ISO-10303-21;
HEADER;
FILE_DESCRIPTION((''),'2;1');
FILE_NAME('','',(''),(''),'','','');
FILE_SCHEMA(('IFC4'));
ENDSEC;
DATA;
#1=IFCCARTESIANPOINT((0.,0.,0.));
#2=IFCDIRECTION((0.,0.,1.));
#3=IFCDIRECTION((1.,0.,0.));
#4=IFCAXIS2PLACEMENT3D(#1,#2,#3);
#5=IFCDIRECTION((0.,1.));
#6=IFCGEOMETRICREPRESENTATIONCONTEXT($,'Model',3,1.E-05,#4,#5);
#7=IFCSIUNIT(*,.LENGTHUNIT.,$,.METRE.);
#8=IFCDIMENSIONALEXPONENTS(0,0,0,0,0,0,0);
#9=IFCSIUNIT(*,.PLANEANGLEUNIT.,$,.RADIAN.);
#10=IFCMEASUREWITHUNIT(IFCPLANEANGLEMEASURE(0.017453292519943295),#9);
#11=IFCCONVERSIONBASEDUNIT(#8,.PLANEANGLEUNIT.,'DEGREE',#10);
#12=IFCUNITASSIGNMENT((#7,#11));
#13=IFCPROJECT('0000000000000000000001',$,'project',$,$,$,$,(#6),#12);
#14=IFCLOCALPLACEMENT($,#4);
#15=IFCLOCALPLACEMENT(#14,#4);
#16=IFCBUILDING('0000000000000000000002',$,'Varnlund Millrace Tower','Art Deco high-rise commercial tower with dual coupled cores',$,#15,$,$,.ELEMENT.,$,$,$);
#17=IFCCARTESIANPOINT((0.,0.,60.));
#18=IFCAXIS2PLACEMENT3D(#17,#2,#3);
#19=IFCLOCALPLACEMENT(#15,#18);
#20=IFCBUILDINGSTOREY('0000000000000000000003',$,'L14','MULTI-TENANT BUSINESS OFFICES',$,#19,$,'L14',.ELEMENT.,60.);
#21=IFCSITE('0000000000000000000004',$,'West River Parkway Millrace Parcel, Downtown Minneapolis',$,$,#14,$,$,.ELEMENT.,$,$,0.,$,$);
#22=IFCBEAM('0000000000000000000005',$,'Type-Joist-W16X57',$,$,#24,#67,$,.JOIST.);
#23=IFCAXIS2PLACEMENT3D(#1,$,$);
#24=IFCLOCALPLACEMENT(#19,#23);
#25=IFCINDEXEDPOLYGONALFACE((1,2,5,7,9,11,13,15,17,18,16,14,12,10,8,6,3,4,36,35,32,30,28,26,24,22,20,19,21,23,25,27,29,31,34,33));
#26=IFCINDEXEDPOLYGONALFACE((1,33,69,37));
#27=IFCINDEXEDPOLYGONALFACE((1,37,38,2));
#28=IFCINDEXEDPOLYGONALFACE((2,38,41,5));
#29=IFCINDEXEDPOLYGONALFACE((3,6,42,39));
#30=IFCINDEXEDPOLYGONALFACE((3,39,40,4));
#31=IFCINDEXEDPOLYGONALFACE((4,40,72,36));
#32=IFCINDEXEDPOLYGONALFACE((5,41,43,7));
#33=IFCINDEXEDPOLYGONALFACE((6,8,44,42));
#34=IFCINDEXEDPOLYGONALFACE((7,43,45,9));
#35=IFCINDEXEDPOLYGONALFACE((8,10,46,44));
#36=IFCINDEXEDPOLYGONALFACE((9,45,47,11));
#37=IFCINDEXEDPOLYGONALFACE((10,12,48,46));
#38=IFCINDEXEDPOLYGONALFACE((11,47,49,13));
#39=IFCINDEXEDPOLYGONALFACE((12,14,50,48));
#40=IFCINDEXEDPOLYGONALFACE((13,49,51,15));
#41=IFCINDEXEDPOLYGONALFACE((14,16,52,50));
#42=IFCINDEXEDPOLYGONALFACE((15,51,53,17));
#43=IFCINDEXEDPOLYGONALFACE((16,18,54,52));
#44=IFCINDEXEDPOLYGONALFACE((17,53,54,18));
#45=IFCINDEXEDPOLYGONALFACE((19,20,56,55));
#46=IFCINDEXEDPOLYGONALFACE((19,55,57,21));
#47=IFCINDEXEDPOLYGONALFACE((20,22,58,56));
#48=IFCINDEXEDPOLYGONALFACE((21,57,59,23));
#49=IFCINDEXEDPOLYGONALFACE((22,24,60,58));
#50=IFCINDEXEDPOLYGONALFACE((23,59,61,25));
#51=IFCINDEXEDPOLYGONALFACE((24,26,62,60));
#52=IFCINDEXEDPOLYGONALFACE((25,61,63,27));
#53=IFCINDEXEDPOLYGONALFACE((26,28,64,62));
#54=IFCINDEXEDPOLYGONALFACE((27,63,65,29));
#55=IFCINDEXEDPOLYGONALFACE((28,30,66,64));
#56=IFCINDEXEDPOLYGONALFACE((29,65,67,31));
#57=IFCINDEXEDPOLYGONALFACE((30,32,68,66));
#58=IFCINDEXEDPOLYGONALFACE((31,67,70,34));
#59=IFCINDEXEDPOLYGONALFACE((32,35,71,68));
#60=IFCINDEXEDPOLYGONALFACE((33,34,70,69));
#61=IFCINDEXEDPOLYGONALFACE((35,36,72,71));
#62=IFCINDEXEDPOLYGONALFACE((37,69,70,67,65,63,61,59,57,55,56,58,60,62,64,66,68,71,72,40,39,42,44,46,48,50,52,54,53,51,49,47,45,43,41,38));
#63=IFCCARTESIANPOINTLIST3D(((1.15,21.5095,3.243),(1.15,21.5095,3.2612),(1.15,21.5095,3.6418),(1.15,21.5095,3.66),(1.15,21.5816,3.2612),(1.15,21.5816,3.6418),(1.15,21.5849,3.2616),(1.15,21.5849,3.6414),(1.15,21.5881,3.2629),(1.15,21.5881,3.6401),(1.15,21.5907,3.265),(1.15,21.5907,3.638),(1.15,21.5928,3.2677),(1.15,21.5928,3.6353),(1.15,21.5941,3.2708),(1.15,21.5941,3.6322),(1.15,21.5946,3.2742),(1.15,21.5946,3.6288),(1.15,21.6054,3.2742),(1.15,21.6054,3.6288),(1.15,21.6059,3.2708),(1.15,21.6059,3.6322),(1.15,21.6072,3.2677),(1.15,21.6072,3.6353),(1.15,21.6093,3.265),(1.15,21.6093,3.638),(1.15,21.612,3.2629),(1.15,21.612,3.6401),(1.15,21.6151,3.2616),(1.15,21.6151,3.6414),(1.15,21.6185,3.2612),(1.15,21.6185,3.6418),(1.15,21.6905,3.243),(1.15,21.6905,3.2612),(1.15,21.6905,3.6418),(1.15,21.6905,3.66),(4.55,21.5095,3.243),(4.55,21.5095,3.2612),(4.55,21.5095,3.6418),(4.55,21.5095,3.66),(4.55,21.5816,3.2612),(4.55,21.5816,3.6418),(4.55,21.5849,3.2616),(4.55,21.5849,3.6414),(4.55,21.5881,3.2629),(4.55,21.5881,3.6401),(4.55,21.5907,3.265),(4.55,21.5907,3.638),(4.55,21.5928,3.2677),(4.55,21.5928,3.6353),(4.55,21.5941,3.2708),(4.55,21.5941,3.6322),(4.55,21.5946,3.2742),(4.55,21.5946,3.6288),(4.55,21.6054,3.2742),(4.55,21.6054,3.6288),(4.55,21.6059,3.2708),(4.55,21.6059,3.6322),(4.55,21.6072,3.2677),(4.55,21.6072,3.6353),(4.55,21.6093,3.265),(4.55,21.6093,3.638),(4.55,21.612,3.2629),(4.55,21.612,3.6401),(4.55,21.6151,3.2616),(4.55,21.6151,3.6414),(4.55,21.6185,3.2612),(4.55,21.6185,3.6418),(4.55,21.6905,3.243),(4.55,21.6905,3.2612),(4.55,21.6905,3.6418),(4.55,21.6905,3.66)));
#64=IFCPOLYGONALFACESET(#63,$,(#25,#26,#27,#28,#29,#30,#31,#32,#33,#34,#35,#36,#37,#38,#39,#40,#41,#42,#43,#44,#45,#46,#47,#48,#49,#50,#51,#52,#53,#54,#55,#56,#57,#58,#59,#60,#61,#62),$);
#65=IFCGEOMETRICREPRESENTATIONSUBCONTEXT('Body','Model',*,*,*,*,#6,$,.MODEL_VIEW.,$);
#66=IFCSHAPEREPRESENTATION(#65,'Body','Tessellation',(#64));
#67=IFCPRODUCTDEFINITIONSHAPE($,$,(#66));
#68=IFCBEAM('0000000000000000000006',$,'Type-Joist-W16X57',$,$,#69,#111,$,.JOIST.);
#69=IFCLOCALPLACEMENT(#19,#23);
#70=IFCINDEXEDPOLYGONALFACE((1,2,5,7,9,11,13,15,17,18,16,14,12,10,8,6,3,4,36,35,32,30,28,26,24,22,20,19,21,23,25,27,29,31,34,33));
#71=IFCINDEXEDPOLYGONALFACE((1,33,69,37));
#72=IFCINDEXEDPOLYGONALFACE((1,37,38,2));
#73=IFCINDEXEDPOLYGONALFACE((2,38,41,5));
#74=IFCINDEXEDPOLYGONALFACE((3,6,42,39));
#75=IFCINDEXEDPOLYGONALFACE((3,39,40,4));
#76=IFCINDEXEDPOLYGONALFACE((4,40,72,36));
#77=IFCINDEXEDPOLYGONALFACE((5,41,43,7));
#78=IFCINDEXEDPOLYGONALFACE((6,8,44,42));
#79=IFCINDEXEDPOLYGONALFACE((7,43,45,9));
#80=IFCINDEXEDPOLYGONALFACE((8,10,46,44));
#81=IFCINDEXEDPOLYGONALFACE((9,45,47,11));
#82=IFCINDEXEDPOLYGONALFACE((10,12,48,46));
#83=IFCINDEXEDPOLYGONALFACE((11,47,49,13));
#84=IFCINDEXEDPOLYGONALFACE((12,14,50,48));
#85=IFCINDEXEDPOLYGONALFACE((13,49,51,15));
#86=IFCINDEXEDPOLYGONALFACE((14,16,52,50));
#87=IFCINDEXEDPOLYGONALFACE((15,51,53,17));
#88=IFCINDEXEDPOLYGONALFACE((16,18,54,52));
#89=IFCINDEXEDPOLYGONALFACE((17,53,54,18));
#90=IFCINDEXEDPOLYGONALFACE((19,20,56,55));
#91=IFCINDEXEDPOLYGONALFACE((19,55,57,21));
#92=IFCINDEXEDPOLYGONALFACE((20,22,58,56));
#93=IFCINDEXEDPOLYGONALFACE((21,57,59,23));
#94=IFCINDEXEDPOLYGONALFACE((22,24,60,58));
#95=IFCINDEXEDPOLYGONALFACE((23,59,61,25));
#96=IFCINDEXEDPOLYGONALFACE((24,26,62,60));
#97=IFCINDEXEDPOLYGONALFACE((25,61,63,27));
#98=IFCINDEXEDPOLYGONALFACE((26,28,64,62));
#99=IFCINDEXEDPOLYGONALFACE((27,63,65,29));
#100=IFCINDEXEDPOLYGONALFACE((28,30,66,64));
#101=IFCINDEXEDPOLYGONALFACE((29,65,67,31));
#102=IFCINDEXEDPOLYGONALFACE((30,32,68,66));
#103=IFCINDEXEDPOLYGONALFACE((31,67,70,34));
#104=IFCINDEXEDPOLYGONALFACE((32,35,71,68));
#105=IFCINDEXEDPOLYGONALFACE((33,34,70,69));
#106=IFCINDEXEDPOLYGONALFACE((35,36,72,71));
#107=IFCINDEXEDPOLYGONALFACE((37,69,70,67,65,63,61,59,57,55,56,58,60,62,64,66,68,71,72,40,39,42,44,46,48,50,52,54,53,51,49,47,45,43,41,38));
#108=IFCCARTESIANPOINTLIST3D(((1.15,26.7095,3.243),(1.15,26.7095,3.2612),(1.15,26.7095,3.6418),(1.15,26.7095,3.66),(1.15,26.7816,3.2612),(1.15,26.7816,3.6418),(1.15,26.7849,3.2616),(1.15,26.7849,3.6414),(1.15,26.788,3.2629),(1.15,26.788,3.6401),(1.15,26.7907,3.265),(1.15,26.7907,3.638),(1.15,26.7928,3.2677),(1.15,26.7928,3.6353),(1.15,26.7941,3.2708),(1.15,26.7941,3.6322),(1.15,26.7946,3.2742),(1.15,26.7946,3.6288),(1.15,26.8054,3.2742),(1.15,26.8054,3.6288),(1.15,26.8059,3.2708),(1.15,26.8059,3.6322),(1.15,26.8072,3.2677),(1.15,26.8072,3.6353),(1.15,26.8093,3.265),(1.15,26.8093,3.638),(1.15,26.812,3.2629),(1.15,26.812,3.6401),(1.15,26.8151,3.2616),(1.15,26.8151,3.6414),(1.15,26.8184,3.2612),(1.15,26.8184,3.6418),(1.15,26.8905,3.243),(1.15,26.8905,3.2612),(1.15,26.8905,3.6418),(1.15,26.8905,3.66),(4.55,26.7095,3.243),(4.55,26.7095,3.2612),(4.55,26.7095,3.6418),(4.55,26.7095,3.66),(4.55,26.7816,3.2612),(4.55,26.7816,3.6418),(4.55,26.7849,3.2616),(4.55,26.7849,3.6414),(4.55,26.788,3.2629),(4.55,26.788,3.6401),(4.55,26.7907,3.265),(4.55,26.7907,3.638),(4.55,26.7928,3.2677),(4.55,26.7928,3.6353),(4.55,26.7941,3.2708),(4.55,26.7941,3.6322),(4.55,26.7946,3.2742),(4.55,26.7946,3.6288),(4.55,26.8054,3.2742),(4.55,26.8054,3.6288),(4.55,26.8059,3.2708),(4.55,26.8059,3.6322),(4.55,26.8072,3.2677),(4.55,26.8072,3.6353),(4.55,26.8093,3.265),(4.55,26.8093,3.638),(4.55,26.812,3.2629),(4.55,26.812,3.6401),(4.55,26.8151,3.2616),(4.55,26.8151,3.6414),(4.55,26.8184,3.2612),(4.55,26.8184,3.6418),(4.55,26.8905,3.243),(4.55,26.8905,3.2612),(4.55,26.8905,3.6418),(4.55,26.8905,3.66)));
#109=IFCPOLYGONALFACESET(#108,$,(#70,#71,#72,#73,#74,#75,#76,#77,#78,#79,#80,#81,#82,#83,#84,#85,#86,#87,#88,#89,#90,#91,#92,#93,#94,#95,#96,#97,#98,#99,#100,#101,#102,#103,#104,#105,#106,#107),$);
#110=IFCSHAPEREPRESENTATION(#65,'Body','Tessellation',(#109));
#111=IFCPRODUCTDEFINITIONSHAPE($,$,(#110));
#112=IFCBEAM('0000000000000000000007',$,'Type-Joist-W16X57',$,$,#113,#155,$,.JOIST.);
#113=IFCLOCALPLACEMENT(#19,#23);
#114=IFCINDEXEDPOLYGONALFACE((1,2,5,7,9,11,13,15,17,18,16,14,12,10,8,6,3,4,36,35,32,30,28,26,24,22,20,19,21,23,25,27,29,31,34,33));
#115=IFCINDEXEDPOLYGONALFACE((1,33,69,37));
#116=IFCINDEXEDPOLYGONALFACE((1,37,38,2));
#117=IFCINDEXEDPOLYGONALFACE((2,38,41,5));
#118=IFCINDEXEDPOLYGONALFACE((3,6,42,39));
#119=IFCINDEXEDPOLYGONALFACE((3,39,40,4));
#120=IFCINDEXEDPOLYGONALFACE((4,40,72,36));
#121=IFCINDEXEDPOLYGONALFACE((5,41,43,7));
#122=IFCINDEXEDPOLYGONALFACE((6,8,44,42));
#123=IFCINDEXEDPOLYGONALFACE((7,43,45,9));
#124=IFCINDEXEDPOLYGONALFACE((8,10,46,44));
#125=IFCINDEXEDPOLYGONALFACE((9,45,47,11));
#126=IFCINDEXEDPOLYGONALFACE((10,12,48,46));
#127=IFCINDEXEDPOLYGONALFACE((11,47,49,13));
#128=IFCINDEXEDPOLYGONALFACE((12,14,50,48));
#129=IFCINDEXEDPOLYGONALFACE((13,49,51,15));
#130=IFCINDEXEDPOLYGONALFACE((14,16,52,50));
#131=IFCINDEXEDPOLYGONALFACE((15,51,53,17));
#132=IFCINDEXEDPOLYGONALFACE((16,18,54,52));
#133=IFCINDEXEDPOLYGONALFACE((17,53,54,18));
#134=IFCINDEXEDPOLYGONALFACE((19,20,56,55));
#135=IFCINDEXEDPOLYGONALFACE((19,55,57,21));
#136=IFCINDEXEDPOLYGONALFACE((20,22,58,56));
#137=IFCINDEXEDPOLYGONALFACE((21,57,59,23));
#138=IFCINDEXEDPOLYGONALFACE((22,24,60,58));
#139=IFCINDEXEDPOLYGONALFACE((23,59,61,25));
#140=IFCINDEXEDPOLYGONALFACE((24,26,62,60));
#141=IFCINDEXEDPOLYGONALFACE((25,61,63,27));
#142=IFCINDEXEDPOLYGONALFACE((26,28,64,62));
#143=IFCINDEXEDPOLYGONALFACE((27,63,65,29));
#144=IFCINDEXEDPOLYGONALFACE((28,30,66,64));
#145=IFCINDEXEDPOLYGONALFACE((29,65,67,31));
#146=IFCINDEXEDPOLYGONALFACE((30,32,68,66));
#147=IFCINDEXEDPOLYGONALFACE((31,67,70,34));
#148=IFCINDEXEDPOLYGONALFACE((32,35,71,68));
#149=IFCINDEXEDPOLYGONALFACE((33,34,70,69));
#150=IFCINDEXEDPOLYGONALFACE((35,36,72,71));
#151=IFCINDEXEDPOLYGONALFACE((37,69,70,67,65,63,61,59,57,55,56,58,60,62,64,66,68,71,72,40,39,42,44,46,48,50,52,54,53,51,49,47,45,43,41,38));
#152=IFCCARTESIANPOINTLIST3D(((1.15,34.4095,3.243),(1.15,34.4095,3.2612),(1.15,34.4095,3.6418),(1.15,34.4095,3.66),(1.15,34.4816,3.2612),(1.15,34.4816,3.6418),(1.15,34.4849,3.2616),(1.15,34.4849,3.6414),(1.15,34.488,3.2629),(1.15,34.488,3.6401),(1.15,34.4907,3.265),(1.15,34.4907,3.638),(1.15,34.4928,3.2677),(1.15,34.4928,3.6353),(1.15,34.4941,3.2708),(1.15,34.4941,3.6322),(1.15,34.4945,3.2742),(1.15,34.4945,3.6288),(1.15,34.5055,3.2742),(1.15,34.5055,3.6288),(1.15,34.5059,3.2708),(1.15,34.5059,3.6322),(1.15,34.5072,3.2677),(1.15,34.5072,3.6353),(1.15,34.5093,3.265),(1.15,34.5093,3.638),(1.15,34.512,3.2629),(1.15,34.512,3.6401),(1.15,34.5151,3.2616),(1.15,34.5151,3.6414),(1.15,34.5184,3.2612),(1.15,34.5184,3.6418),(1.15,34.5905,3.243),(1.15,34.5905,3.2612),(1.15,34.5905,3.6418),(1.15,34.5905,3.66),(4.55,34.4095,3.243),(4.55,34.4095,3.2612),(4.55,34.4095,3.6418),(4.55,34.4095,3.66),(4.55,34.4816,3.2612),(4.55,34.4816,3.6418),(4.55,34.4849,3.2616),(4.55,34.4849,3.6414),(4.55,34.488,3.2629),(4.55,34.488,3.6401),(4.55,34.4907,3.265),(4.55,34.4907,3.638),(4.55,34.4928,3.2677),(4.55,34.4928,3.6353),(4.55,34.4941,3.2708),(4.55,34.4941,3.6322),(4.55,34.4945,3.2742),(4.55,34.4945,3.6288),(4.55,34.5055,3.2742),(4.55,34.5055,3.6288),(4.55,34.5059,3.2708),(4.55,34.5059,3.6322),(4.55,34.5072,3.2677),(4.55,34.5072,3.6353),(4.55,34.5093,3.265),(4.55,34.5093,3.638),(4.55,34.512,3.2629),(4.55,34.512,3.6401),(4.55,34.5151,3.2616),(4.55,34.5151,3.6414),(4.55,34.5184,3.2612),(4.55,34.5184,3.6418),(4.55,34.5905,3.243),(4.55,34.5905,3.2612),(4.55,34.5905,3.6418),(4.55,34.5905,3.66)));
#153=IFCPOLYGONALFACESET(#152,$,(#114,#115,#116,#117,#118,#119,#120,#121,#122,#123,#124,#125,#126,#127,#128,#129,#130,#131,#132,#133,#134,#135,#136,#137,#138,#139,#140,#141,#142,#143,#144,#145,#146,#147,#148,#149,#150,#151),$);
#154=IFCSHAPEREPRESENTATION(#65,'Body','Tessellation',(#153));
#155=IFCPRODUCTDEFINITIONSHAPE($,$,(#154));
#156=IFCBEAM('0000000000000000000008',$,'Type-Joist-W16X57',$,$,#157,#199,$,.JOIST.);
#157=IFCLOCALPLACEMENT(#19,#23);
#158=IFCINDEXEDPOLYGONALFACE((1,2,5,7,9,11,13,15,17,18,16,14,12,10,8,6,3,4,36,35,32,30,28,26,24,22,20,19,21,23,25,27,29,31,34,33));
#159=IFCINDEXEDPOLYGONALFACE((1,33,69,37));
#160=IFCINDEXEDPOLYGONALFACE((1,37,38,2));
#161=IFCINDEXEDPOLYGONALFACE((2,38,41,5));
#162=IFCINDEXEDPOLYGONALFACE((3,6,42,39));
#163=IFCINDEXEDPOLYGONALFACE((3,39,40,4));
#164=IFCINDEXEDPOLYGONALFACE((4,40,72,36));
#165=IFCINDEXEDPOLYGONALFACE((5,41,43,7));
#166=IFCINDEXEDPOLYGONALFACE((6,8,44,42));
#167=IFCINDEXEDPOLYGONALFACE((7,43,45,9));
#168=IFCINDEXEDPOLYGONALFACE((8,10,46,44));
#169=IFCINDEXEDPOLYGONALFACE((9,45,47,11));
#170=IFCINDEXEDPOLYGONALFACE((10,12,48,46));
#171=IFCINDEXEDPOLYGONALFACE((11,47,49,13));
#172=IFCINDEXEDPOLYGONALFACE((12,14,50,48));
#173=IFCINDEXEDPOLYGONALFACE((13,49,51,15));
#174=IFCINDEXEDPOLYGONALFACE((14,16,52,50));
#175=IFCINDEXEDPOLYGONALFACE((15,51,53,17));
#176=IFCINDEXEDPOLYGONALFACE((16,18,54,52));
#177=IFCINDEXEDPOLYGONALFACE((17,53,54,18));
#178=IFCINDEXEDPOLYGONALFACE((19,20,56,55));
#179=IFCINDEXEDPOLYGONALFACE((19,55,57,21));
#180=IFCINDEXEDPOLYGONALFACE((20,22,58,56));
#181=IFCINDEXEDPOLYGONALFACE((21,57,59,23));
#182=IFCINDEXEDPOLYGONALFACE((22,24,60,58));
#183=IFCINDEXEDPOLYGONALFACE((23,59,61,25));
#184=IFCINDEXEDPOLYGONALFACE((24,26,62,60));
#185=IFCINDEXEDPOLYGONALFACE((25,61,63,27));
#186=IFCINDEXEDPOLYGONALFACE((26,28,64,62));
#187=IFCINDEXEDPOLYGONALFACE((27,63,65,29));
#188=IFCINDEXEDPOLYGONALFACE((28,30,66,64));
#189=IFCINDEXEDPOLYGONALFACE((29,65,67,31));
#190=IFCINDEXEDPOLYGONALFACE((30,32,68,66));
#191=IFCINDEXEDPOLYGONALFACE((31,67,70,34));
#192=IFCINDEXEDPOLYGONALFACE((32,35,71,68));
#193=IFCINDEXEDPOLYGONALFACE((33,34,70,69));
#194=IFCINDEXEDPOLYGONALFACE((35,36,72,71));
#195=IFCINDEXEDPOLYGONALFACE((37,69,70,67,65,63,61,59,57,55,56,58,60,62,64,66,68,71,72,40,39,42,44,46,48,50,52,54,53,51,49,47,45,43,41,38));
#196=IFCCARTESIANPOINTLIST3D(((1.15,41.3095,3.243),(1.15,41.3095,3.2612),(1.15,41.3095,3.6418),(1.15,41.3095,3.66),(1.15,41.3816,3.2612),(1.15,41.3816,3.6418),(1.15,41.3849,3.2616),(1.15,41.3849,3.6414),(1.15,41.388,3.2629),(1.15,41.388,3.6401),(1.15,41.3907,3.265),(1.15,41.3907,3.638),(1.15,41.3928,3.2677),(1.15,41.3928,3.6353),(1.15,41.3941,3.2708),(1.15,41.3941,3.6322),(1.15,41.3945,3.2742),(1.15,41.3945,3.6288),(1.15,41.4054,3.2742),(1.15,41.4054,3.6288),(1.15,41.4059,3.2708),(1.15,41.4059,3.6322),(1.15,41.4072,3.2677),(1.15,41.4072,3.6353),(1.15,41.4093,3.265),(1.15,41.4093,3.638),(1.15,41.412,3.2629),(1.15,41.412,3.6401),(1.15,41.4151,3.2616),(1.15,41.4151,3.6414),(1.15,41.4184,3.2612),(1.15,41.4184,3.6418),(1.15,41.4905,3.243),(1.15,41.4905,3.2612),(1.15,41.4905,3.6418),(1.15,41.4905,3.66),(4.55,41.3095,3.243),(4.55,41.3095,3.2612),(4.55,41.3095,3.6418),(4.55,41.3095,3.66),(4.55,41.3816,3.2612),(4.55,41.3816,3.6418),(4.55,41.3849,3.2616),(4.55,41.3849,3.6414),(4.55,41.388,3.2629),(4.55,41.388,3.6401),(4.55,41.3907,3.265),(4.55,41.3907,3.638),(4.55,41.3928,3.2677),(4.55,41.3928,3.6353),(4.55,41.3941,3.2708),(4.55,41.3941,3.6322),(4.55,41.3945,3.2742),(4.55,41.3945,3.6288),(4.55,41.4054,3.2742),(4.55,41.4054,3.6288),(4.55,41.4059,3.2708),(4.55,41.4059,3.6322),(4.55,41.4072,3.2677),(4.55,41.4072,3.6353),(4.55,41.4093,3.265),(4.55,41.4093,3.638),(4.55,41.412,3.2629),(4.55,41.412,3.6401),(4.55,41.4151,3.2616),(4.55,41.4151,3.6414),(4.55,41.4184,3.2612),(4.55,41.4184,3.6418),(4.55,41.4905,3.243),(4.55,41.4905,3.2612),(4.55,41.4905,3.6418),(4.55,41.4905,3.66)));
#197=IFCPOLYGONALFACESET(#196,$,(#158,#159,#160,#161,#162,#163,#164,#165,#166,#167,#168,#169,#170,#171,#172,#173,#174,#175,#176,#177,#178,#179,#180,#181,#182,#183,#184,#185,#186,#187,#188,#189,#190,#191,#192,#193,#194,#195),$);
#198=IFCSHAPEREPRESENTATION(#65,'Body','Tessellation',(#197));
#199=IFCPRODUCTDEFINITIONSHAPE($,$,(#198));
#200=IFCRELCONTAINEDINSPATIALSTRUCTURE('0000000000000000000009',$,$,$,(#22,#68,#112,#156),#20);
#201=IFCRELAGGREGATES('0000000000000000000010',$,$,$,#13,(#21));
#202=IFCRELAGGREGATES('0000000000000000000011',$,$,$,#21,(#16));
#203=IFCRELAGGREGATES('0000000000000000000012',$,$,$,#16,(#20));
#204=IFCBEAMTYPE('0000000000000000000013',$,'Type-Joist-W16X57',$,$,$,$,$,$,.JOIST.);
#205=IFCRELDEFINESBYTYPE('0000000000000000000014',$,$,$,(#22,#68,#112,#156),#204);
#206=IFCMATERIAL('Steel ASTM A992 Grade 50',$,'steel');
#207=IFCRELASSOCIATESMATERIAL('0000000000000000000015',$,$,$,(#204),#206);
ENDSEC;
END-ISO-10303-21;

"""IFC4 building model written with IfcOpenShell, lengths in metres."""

from ifc_helpers import new_model, entity, si_unit, converted_unit, direction, frame, origin_with_axes, origin_2d_with_axis, place, context, subcontext, project, spatial, i_section, extrude, material, material_profile, profile_set, type_object, element, save


model = new_model("IFC4")

# Units and contexts
model_context = context("Model", 3, precision=1e-05, world=origin_with_axes(), true_north=direction((0.0, 1.0)))
body_context = subcontext(model_context, "Body", "Model", "MODEL_VIEW")
ifc_project = project(units=[si_unit("LENGTHUNIT", "METRE"), converted_unit("PLANEANGLEUNIT", "DEGREE", entity("IfcPlaneAngleMeasure", 0.017453292519943295), si_unit("PLANEANGLEUNIT", "RADIAN"), dimensions=[0, 0, 0, 0, 0, 0, 0])], contexts=[model_context])

# Site, building, storey
site_placement = place(None, origin_with_axes())
site = spatial("IfcSite", under=ifc_project, at=site_placement, Name="West River Parkway Millrace Parcel, Downtown Minneapolis", CompositionType="ELEMENT", RefElevation=0.0)
building_placement = place(site_placement, origin_with_axes())
building = spatial("IfcBuilding", under=site, at=building_placement, Name="Varnlund Millrace Tower", Description="Art Deco high-rise commercial tower with dual coupled cores", CompositionType="ELEMENT")
storey_placement = place(building_placement, frame((0.0, 0.0, 60.0), z_axis=(0.0, 0.0, 1.0), x_axis=(1.0, 0.0, 0.0)))
storey = spatial("IfcBuildingStorey", under=building, at=storey_placement, Name="L14", Description="MULTI-TENANT BUSINESS OFFICES", LongName="L14", CompositionType="ELEMENT", Elevation=60.0)

# Beams
ifc_material_1 = material(Name="Steel ASTM A992 Grade 50", Category="steel")
ifc_material_profile_1 = material_profile(ifc_material_1, i_section(OverallWidth=0.181, OverallDepth=0.417, WebThickness=0.0109, FlangeThickness=0.0182, FilletRadius=0.013, at=origin_2d_with_axis()), Name="Steel ASTM A992 Grade 50")
ifc_profile_set_1 = profile_set([ifc_material_profile_1], Name="Steel ASTM A992 Grade 50")
beam_type_1 = type_object("IfcBeamType", Name="Type-Joist-W16X57", PredefinedType="JOIST", material=ifc_profile_set_1)
for number, where, z_axis, x_axis, name in (
    (1, (1.15, 21.6, 3.4515), (1.0, 0.0, 0.0), (0.0, 1.0, 0.0), "Type-Joist-W16X57"),
    (2, (1.15, 26.8, 3.4515), (1.0, 0.0, 0.0), (0.0, 1.0, 0.0), "Type-Joist-W16X57"),
    (3, (1.15, 34.5, 3.4515), (1.0, 0.0, 0.0), (0.0, 1.0, 0.0), "Type-Joist-W16X57"),
    (4, (1.15, 41.4, 3.4515), (1.0, 0.0, 0.0), (0.0, 1.0, 0.0), "Type-Joist-W16X57"),
):
    element("IfcBeam", number, at=place(storey_placement, frame(where, z_axis=z_axis, x_axis=x_axis)), inside=storey, type_object=beam_type_1, Name=name, PredefinedType="JOIST", context=body_context, shape_type="SweptSolid", body=[
        extrude(i_section(OverallWidth=0.181, OverallDepth=0.417, WebThickness=0.0109, FlangeThickness=0.0182, FilletRadius=0.013, at=origin_2d_with_axis()), origin_with_axes(), (0.0, 0.0, 1.0), 3.4),
    ])

save(model, "model.ifc")
